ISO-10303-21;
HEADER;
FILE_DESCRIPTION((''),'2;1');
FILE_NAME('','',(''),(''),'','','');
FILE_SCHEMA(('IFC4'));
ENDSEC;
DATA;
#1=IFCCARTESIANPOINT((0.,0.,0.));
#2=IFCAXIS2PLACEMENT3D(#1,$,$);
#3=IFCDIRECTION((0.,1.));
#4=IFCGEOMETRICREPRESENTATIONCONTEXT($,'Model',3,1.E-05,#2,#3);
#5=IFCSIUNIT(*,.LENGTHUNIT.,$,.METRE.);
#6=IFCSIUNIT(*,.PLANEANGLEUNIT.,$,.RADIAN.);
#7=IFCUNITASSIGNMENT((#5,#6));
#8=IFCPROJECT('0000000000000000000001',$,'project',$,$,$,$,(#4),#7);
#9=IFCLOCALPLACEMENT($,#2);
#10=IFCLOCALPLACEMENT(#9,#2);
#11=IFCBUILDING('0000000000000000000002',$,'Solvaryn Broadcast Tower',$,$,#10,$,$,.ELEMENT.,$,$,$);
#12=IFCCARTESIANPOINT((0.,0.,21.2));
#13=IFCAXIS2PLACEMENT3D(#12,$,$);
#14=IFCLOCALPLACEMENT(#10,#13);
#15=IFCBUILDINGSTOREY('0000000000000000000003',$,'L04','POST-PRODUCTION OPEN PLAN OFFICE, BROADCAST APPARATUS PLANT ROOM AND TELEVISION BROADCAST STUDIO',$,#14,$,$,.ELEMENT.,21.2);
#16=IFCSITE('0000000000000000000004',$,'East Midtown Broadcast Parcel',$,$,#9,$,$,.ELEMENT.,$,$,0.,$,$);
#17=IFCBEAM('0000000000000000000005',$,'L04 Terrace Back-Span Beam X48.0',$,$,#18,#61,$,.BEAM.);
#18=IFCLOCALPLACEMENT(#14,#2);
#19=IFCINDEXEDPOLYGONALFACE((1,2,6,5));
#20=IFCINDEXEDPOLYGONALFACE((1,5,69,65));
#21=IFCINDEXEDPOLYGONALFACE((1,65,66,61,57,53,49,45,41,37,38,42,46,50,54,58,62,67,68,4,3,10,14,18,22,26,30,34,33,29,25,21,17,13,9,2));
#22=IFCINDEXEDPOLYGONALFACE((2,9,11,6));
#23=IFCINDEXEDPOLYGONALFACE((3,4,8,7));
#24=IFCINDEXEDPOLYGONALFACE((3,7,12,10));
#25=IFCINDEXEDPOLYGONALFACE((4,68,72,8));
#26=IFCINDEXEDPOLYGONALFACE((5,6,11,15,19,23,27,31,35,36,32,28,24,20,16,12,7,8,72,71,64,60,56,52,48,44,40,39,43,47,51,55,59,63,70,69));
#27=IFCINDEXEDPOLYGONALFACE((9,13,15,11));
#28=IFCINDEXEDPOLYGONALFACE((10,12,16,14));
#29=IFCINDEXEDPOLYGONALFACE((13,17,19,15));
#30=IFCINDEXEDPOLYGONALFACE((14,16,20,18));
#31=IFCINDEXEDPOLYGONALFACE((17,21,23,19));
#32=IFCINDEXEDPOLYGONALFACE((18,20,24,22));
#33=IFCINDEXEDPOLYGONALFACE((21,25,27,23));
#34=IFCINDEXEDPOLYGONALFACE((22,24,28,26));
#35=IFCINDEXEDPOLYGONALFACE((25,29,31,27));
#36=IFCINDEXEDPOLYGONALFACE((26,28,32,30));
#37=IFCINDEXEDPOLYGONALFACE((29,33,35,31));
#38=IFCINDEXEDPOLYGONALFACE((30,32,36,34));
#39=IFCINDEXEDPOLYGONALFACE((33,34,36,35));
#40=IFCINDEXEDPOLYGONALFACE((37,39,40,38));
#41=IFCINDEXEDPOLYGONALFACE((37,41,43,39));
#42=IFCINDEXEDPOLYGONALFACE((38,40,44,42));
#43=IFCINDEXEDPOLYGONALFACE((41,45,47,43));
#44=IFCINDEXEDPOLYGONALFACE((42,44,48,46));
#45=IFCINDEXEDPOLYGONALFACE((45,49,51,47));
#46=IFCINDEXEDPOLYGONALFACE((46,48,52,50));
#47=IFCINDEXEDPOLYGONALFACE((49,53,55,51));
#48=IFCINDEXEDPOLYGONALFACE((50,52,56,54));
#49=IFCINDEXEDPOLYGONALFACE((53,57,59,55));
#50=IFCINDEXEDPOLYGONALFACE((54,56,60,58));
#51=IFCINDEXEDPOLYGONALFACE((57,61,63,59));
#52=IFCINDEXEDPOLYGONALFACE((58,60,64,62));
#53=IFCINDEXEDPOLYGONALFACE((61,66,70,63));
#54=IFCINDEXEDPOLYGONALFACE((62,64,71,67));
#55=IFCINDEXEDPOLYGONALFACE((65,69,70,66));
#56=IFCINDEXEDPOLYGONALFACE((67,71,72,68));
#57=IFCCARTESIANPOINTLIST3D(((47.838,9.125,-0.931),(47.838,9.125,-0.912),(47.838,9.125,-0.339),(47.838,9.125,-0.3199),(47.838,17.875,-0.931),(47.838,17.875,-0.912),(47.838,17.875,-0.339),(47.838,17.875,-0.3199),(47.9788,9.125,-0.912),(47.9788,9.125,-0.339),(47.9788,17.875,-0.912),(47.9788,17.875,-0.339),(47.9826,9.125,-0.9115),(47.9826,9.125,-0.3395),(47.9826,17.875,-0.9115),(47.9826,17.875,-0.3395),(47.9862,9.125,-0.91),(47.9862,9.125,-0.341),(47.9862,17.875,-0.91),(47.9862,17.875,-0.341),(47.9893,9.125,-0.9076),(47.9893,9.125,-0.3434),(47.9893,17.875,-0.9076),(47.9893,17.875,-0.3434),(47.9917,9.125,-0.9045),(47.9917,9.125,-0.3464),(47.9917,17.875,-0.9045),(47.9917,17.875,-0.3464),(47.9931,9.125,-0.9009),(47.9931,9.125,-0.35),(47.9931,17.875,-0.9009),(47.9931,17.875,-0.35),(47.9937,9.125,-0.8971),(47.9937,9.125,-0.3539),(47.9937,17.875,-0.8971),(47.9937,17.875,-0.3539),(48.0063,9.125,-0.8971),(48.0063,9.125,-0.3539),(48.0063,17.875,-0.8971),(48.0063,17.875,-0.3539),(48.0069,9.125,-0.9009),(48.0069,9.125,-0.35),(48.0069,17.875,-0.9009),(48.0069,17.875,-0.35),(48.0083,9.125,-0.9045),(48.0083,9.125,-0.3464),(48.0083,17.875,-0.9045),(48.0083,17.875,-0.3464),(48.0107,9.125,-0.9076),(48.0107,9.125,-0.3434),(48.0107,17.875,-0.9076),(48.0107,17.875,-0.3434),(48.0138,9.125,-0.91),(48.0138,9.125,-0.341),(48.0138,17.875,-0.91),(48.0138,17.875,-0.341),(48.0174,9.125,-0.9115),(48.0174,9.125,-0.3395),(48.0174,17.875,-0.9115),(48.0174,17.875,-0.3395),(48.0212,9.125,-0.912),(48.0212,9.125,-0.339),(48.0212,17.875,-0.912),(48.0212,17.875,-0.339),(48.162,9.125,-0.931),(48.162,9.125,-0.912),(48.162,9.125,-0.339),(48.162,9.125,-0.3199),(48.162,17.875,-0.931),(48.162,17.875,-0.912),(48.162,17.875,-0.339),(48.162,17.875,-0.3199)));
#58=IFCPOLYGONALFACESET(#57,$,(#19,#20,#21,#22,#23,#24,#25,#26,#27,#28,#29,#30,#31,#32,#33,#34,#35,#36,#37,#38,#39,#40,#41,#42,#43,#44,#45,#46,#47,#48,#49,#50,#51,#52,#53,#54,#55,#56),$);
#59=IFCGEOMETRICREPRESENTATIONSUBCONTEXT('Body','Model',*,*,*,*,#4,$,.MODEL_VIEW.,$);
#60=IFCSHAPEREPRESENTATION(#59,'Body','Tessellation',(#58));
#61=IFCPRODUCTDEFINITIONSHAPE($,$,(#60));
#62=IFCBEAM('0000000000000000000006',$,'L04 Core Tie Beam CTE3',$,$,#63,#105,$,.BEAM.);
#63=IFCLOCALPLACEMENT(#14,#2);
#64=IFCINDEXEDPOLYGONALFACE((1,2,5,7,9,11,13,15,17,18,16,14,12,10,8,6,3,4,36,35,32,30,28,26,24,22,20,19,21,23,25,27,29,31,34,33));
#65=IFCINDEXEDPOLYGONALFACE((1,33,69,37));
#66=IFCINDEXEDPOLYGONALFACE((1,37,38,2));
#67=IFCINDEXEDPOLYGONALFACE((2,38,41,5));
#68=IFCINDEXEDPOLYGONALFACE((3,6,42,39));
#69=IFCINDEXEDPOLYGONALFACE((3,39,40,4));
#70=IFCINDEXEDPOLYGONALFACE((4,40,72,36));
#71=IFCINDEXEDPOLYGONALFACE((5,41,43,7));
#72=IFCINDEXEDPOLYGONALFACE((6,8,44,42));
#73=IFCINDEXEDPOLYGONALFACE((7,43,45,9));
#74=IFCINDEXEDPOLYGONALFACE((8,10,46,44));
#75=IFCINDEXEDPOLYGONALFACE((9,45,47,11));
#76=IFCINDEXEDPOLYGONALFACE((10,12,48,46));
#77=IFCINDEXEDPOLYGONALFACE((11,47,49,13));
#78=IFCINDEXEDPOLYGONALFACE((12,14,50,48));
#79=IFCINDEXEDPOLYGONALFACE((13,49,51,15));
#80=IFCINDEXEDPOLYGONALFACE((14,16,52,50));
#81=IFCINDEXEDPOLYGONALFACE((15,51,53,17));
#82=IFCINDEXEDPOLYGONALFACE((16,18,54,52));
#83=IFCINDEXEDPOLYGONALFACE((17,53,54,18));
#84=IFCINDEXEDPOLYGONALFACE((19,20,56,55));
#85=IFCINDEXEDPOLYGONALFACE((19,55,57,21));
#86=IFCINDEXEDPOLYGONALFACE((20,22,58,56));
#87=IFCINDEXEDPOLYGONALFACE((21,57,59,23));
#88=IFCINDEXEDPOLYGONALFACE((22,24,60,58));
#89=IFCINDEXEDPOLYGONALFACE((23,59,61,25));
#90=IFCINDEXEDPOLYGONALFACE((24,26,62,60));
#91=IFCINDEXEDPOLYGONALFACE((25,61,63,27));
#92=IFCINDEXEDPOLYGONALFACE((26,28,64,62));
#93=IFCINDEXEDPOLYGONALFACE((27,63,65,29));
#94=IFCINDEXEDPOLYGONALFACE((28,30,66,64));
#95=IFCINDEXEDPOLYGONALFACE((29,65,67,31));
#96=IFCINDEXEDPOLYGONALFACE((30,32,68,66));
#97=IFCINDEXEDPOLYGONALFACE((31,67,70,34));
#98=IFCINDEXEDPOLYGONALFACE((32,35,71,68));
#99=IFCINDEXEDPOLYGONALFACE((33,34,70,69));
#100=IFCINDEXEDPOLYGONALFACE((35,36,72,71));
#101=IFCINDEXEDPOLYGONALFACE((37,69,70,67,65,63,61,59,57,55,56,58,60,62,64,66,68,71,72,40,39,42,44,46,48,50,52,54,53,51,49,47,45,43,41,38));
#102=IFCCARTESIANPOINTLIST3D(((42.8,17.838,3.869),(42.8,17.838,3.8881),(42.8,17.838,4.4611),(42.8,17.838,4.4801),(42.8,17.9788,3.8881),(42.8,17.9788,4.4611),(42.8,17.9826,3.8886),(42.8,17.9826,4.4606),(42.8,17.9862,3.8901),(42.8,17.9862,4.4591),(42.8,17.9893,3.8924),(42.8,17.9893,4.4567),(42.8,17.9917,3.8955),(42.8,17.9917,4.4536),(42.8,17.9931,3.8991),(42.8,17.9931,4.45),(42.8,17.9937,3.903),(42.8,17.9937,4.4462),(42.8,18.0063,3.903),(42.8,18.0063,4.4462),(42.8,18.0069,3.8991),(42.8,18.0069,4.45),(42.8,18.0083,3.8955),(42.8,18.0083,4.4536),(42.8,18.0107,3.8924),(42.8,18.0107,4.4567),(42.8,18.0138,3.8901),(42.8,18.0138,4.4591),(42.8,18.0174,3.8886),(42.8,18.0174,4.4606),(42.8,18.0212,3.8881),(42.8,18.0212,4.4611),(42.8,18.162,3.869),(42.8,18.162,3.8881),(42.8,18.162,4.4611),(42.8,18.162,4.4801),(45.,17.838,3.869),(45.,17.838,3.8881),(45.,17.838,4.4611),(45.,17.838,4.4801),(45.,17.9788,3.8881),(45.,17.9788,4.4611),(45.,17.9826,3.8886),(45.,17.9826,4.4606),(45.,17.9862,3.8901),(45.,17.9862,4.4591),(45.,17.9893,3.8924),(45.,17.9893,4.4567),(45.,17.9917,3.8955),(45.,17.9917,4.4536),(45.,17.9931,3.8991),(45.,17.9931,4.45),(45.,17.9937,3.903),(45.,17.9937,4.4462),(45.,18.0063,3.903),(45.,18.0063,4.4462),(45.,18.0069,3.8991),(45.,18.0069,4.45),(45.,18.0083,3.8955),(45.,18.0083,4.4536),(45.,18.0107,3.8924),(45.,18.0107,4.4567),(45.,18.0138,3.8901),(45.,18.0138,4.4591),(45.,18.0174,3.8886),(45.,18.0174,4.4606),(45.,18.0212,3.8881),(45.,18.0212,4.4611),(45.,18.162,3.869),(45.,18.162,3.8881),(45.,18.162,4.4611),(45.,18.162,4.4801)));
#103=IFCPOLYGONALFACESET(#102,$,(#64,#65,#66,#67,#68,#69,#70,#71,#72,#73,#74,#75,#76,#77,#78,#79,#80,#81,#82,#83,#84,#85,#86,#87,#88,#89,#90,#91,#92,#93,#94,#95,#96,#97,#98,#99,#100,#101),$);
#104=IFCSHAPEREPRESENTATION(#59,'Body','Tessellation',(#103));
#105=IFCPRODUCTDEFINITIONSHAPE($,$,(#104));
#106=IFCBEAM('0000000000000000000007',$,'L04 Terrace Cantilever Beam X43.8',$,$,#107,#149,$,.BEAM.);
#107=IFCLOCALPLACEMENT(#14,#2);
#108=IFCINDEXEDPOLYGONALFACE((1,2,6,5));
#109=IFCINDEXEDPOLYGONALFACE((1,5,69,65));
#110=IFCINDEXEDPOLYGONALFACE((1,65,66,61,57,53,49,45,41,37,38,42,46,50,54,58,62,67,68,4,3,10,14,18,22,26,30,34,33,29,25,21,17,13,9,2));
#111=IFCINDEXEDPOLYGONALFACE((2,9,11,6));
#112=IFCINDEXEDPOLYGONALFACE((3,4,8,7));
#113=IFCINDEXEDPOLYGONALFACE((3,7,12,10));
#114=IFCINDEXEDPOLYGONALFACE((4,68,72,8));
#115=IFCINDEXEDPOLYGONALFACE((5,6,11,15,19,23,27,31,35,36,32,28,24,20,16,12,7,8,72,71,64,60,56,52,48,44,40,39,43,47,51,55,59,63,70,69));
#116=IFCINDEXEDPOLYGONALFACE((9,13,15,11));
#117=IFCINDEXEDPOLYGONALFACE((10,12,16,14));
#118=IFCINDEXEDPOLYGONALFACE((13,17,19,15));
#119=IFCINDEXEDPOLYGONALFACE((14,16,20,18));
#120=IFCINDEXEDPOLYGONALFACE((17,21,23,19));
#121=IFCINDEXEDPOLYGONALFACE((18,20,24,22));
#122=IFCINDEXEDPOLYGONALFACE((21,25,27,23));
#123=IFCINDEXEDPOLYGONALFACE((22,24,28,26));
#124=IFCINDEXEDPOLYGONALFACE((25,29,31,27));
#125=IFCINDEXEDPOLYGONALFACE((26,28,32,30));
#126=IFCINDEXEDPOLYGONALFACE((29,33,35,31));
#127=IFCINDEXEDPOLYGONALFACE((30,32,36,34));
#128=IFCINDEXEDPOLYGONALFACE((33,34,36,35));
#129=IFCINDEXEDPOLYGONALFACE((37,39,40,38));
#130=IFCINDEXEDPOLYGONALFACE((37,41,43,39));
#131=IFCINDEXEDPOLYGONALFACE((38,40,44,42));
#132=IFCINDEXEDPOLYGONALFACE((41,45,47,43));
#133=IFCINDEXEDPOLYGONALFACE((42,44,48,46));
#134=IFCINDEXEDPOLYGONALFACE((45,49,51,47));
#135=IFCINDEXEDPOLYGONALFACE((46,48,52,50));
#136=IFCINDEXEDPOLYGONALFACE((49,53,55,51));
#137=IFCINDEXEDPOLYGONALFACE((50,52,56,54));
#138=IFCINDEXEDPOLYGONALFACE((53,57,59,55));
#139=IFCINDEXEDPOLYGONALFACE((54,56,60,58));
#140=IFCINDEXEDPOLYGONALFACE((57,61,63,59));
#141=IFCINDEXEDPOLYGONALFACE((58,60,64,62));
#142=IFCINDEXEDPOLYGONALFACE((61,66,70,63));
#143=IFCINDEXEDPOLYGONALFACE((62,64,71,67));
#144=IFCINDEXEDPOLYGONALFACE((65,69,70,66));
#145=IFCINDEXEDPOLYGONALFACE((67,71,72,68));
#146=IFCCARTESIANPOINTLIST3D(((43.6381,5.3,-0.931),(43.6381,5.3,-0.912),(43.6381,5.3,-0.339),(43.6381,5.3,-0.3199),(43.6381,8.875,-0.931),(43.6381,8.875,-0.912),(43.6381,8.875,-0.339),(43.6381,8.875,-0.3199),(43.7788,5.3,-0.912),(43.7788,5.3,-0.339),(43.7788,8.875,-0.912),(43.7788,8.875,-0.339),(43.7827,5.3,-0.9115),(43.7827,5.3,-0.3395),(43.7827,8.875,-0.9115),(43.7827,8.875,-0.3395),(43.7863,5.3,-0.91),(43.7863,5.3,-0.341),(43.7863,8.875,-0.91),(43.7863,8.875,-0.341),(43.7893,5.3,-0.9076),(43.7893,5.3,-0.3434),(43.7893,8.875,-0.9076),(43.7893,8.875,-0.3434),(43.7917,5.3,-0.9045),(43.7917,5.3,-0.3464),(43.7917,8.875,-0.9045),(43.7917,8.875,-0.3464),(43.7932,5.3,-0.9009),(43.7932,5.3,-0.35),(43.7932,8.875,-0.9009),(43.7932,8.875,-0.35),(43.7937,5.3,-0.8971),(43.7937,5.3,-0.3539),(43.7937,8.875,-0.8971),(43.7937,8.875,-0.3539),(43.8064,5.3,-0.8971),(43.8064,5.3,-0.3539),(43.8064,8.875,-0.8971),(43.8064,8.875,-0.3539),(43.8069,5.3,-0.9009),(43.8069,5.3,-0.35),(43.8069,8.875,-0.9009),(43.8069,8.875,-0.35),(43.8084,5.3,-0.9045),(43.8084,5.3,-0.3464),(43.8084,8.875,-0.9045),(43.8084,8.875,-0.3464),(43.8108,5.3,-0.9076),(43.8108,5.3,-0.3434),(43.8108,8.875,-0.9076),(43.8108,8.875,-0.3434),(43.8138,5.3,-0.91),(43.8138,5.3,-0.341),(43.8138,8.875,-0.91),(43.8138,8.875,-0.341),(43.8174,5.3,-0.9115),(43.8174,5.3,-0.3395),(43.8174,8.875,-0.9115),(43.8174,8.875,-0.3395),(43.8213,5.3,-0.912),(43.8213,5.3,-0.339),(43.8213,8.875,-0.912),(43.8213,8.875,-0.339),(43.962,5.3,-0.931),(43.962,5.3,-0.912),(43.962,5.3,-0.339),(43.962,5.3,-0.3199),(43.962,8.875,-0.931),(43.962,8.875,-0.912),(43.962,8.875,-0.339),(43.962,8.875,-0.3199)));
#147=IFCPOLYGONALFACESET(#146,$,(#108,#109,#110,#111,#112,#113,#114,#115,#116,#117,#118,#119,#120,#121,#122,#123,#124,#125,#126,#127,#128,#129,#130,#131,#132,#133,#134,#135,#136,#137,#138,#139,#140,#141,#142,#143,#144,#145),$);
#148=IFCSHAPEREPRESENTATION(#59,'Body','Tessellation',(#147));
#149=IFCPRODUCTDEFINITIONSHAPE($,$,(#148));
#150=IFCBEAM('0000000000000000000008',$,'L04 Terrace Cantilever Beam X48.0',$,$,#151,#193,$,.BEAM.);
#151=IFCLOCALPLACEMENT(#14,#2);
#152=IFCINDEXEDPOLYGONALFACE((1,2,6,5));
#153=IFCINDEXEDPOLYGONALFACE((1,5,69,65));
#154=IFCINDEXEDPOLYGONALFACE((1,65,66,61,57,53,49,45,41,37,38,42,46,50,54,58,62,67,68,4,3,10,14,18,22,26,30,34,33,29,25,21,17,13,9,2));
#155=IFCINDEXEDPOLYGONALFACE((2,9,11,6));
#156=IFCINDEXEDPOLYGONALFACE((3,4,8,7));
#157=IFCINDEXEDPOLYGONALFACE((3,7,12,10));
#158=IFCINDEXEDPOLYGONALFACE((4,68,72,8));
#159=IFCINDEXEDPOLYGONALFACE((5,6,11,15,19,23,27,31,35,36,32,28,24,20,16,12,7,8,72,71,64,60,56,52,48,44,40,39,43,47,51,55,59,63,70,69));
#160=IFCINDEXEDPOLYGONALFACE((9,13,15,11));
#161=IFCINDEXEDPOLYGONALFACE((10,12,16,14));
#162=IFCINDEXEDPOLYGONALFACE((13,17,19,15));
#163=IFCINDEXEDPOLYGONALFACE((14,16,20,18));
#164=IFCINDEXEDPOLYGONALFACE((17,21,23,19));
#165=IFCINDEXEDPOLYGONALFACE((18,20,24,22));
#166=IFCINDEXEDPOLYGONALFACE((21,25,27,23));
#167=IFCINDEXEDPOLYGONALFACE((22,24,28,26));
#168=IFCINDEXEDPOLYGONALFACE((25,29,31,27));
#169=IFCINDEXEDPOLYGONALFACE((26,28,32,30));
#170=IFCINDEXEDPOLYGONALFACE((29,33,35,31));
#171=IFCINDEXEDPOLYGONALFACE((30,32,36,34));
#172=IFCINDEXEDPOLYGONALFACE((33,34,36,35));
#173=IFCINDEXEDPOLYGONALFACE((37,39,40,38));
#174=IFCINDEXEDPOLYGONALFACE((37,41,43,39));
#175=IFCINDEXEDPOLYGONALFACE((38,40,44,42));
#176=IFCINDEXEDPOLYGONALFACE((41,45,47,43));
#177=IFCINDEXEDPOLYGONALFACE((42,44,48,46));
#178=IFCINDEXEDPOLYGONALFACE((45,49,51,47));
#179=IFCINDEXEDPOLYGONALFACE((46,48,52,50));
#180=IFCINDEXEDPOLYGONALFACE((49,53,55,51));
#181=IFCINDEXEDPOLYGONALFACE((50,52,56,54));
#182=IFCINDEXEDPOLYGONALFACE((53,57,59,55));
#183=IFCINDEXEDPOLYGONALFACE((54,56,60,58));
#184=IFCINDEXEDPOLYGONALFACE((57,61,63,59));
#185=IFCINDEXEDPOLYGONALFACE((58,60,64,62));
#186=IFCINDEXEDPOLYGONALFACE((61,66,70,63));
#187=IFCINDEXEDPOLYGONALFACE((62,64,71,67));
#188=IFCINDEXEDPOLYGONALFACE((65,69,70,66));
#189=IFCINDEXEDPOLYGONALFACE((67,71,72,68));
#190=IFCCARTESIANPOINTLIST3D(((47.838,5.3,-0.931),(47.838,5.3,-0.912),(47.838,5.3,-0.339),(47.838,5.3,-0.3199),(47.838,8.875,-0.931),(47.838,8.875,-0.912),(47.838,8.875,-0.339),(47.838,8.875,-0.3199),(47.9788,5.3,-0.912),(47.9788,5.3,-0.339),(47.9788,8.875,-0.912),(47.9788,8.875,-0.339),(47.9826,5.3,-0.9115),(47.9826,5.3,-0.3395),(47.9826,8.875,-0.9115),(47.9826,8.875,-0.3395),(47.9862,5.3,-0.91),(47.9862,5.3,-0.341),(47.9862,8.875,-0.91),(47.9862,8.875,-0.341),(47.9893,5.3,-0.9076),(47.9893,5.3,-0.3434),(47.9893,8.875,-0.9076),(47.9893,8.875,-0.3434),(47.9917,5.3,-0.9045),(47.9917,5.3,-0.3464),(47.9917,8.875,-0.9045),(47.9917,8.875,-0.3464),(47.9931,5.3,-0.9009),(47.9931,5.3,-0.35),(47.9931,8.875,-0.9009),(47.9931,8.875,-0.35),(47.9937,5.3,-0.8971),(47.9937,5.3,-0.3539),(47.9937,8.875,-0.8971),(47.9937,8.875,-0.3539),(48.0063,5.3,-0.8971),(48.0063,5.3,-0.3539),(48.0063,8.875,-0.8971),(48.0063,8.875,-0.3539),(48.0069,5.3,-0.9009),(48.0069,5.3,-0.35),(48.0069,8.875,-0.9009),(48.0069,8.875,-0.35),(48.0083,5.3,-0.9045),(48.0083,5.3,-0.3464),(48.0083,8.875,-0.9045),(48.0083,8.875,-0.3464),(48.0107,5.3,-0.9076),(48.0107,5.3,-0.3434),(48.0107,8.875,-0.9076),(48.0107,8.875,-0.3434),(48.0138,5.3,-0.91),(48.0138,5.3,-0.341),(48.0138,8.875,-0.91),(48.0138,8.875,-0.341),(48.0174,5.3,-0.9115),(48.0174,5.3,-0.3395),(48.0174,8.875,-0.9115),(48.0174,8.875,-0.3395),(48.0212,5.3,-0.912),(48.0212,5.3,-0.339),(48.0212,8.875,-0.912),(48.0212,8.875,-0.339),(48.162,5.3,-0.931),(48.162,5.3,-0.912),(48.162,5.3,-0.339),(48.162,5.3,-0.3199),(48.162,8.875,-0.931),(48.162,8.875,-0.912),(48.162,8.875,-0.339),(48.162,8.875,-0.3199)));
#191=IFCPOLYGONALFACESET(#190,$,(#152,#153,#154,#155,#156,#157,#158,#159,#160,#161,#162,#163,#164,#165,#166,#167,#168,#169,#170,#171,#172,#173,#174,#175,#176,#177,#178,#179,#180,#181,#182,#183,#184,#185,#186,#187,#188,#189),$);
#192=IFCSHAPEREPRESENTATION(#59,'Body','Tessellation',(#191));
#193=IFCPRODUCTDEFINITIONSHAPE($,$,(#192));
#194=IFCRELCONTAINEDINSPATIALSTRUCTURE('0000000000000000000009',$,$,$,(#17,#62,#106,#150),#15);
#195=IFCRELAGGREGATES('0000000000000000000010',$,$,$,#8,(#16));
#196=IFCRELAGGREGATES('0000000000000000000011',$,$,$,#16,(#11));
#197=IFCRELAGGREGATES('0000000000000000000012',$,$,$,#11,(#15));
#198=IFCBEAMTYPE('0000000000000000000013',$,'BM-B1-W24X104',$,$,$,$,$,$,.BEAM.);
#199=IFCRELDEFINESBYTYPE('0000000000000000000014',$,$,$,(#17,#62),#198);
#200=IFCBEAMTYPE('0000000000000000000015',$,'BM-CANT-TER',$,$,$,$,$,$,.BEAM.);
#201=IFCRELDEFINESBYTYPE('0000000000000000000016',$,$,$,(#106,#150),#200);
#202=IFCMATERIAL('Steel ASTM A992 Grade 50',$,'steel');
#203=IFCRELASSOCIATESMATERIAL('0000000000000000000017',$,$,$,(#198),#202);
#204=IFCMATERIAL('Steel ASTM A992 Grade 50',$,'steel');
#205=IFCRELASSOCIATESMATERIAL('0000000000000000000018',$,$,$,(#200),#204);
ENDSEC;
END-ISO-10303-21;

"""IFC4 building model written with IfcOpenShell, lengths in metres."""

from ifc_helpers import new_model, si_unit, direction, frame, origin, origin_2d, place, context, subcontext, project, spatial, i_section, extrude, material, material_profile, profile_set, type_object, element, save


model = new_model("IFC4")

# Units and contexts
model_context = context("Model", 3, precision=1e-05, world=origin(), true_north=direction((0.0, 1.0)))
body_context = subcontext(model_context, "Body", "Model", "MODEL_VIEW")
ifc_project = project(units=[si_unit("LENGTHUNIT", "METRE"), si_unit("PLANEANGLEUNIT", "RADIAN")], contexts=[model_context])

# Site, building, storey
site_placement = place(None, origin())
site = spatial("IfcSite", under=ifc_project, at=site_placement, Name="East Midtown Broadcast Parcel", CompositionType="ELEMENT", RefElevation=0.0)
building_placement = place(site_placement, origin())
building = spatial("IfcBuilding", under=site, at=building_placement, Name="Solvaryn Broadcast Tower", CompositionType="ELEMENT")
storey_placement = place(building_placement, frame((0.0, 0.0, 21.2)))
storey = spatial("IfcBuildingStorey", under=building, at=storey_placement, Name="L04", Description="POST-PRODUCTION OPEN PLAN OFFICE, BROADCAST APPARATUS PLANT ROOM AND TELEVISION BROADCAST STUDIO", CompositionType="ELEMENT", Elevation=21.2)

# Beams
ifc_material_1 = material(Name="Steel ASTM A992 Grade 50", Category="steel")
ifc_material_profile_1 = material_profile(ifc_material_1, i_section(OverallWidth=0.324, OverallDepth=0.6111, WebThickness=0.0127, FlangeThickness=0.019, FilletRadius=0.0149, at=origin_2d()))
ifc_profile_set_1 = profile_set([ifc_material_profile_1], Name="Steel ASTM A992 Grade 50")
beam_type_1 = type_object("IfcBeamType", Name="BM-B1-W24X104", PredefinedType="BEAM", material=ifc_profile_set_1)
for number, where, z_axis, x_axis, name in (
    (1, (48.0, 17.875, -0.6255), (0.0, -1.0, 0.0), (1.0, 0.0, 0.0), "L04 Terrace Back-Span Beam X48.0"),
):
    element("IfcBeam", number, at=place(storey_placement, frame(where, z_axis=z_axis, x_axis=x_axis)), inside=storey, type_object=beam_type_1, Name=name, PredefinedType="BEAM", context=body_context, shape_type="SweptSolid", body=[
        extrude(i_section(OverallWidth=0.324, OverallDepth=0.6111, WebThickness=0.0127, FlangeThickness=0.019, FilletRadius=0.0149, at=origin_2d()), origin(), (0.0, 0.0, 1.0), 8.75),
    ])
beam_placement = place(storey_placement, frame((42.8, 18.0, 4.1746), z_axis=(1.0, 0.0, 0.0), x_axis=(0.0, 1.0, 0.0)))
element("IfcBeam", 2, at=beam_placement, inside=storey, type_object=beam_type_1, Name="L04 Core Tie Beam CTE3", PredefinedType="BEAM", context=body_context, shape_type="SweptSolid", body=[
    extrude(i_section(OverallWidth=0.324, OverallDepth=0.6111, WebThickness=0.0127, FlangeThickness=0.019, FilletRadius=0.0149, at=origin_2d()), origin(), (0.0, 0.0, 1.0), 2.2),
])
ifc_material_2 = material(Name="Steel ASTM A992 Grade 50", Category="steel")
ifc_material_profile_2 = material_profile(ifc_material_2, i_section(OverallWidth=0.324, OverallDepth=0.6111, WebThickness=0.0127, FlangeThickness=0.019, FilletRadius=0.0149, at=origin_2d()))
ifc_profile_set_2 = profile_set([ifc_material_profile_2], Name="Steel ASTM A992 Grade 50")
beam_type_2 = type_object("IfcBeamType", Name="BM-CANT-TER", PredefinedType="BEAM", material=ifc_profile_set_2)
for number, where, z_axis, x_axis, name in (
    (3, (43.8, 8.875, -0.6255), (0.0, -1.0, 0.0), (1.0, 0.0, 0.0), "L04 Terrace Cantilever Beam X43.8"),
    (4, (48.0, 8.875, -0.6255), (0.0, -1.0, 0.0), (1.0, 0.0, 0.0), "L04 Terrace Cantilever Beam X48.0"),
):
    element("IfcBeam", number, at=place(storey_placement, frame(where, z_axis=z_axis, x_axis=x_axis)), inside=storey, type_object=beam_type_2, Name=name, PredefinedType="BEAM", context=body_context, shape_type="SweptSolid", body=[
        extrude(i_section(OverallWidth=0.324, OverallDepth=0.6111, WebThickness=0.0127, FlangeThickness=0.019, FilletRadius=0.0149, at=origin_2d()), origin(), (0.0, 0.0, 1.0), 3.575),
    ])

save(model, "model.ifc")
